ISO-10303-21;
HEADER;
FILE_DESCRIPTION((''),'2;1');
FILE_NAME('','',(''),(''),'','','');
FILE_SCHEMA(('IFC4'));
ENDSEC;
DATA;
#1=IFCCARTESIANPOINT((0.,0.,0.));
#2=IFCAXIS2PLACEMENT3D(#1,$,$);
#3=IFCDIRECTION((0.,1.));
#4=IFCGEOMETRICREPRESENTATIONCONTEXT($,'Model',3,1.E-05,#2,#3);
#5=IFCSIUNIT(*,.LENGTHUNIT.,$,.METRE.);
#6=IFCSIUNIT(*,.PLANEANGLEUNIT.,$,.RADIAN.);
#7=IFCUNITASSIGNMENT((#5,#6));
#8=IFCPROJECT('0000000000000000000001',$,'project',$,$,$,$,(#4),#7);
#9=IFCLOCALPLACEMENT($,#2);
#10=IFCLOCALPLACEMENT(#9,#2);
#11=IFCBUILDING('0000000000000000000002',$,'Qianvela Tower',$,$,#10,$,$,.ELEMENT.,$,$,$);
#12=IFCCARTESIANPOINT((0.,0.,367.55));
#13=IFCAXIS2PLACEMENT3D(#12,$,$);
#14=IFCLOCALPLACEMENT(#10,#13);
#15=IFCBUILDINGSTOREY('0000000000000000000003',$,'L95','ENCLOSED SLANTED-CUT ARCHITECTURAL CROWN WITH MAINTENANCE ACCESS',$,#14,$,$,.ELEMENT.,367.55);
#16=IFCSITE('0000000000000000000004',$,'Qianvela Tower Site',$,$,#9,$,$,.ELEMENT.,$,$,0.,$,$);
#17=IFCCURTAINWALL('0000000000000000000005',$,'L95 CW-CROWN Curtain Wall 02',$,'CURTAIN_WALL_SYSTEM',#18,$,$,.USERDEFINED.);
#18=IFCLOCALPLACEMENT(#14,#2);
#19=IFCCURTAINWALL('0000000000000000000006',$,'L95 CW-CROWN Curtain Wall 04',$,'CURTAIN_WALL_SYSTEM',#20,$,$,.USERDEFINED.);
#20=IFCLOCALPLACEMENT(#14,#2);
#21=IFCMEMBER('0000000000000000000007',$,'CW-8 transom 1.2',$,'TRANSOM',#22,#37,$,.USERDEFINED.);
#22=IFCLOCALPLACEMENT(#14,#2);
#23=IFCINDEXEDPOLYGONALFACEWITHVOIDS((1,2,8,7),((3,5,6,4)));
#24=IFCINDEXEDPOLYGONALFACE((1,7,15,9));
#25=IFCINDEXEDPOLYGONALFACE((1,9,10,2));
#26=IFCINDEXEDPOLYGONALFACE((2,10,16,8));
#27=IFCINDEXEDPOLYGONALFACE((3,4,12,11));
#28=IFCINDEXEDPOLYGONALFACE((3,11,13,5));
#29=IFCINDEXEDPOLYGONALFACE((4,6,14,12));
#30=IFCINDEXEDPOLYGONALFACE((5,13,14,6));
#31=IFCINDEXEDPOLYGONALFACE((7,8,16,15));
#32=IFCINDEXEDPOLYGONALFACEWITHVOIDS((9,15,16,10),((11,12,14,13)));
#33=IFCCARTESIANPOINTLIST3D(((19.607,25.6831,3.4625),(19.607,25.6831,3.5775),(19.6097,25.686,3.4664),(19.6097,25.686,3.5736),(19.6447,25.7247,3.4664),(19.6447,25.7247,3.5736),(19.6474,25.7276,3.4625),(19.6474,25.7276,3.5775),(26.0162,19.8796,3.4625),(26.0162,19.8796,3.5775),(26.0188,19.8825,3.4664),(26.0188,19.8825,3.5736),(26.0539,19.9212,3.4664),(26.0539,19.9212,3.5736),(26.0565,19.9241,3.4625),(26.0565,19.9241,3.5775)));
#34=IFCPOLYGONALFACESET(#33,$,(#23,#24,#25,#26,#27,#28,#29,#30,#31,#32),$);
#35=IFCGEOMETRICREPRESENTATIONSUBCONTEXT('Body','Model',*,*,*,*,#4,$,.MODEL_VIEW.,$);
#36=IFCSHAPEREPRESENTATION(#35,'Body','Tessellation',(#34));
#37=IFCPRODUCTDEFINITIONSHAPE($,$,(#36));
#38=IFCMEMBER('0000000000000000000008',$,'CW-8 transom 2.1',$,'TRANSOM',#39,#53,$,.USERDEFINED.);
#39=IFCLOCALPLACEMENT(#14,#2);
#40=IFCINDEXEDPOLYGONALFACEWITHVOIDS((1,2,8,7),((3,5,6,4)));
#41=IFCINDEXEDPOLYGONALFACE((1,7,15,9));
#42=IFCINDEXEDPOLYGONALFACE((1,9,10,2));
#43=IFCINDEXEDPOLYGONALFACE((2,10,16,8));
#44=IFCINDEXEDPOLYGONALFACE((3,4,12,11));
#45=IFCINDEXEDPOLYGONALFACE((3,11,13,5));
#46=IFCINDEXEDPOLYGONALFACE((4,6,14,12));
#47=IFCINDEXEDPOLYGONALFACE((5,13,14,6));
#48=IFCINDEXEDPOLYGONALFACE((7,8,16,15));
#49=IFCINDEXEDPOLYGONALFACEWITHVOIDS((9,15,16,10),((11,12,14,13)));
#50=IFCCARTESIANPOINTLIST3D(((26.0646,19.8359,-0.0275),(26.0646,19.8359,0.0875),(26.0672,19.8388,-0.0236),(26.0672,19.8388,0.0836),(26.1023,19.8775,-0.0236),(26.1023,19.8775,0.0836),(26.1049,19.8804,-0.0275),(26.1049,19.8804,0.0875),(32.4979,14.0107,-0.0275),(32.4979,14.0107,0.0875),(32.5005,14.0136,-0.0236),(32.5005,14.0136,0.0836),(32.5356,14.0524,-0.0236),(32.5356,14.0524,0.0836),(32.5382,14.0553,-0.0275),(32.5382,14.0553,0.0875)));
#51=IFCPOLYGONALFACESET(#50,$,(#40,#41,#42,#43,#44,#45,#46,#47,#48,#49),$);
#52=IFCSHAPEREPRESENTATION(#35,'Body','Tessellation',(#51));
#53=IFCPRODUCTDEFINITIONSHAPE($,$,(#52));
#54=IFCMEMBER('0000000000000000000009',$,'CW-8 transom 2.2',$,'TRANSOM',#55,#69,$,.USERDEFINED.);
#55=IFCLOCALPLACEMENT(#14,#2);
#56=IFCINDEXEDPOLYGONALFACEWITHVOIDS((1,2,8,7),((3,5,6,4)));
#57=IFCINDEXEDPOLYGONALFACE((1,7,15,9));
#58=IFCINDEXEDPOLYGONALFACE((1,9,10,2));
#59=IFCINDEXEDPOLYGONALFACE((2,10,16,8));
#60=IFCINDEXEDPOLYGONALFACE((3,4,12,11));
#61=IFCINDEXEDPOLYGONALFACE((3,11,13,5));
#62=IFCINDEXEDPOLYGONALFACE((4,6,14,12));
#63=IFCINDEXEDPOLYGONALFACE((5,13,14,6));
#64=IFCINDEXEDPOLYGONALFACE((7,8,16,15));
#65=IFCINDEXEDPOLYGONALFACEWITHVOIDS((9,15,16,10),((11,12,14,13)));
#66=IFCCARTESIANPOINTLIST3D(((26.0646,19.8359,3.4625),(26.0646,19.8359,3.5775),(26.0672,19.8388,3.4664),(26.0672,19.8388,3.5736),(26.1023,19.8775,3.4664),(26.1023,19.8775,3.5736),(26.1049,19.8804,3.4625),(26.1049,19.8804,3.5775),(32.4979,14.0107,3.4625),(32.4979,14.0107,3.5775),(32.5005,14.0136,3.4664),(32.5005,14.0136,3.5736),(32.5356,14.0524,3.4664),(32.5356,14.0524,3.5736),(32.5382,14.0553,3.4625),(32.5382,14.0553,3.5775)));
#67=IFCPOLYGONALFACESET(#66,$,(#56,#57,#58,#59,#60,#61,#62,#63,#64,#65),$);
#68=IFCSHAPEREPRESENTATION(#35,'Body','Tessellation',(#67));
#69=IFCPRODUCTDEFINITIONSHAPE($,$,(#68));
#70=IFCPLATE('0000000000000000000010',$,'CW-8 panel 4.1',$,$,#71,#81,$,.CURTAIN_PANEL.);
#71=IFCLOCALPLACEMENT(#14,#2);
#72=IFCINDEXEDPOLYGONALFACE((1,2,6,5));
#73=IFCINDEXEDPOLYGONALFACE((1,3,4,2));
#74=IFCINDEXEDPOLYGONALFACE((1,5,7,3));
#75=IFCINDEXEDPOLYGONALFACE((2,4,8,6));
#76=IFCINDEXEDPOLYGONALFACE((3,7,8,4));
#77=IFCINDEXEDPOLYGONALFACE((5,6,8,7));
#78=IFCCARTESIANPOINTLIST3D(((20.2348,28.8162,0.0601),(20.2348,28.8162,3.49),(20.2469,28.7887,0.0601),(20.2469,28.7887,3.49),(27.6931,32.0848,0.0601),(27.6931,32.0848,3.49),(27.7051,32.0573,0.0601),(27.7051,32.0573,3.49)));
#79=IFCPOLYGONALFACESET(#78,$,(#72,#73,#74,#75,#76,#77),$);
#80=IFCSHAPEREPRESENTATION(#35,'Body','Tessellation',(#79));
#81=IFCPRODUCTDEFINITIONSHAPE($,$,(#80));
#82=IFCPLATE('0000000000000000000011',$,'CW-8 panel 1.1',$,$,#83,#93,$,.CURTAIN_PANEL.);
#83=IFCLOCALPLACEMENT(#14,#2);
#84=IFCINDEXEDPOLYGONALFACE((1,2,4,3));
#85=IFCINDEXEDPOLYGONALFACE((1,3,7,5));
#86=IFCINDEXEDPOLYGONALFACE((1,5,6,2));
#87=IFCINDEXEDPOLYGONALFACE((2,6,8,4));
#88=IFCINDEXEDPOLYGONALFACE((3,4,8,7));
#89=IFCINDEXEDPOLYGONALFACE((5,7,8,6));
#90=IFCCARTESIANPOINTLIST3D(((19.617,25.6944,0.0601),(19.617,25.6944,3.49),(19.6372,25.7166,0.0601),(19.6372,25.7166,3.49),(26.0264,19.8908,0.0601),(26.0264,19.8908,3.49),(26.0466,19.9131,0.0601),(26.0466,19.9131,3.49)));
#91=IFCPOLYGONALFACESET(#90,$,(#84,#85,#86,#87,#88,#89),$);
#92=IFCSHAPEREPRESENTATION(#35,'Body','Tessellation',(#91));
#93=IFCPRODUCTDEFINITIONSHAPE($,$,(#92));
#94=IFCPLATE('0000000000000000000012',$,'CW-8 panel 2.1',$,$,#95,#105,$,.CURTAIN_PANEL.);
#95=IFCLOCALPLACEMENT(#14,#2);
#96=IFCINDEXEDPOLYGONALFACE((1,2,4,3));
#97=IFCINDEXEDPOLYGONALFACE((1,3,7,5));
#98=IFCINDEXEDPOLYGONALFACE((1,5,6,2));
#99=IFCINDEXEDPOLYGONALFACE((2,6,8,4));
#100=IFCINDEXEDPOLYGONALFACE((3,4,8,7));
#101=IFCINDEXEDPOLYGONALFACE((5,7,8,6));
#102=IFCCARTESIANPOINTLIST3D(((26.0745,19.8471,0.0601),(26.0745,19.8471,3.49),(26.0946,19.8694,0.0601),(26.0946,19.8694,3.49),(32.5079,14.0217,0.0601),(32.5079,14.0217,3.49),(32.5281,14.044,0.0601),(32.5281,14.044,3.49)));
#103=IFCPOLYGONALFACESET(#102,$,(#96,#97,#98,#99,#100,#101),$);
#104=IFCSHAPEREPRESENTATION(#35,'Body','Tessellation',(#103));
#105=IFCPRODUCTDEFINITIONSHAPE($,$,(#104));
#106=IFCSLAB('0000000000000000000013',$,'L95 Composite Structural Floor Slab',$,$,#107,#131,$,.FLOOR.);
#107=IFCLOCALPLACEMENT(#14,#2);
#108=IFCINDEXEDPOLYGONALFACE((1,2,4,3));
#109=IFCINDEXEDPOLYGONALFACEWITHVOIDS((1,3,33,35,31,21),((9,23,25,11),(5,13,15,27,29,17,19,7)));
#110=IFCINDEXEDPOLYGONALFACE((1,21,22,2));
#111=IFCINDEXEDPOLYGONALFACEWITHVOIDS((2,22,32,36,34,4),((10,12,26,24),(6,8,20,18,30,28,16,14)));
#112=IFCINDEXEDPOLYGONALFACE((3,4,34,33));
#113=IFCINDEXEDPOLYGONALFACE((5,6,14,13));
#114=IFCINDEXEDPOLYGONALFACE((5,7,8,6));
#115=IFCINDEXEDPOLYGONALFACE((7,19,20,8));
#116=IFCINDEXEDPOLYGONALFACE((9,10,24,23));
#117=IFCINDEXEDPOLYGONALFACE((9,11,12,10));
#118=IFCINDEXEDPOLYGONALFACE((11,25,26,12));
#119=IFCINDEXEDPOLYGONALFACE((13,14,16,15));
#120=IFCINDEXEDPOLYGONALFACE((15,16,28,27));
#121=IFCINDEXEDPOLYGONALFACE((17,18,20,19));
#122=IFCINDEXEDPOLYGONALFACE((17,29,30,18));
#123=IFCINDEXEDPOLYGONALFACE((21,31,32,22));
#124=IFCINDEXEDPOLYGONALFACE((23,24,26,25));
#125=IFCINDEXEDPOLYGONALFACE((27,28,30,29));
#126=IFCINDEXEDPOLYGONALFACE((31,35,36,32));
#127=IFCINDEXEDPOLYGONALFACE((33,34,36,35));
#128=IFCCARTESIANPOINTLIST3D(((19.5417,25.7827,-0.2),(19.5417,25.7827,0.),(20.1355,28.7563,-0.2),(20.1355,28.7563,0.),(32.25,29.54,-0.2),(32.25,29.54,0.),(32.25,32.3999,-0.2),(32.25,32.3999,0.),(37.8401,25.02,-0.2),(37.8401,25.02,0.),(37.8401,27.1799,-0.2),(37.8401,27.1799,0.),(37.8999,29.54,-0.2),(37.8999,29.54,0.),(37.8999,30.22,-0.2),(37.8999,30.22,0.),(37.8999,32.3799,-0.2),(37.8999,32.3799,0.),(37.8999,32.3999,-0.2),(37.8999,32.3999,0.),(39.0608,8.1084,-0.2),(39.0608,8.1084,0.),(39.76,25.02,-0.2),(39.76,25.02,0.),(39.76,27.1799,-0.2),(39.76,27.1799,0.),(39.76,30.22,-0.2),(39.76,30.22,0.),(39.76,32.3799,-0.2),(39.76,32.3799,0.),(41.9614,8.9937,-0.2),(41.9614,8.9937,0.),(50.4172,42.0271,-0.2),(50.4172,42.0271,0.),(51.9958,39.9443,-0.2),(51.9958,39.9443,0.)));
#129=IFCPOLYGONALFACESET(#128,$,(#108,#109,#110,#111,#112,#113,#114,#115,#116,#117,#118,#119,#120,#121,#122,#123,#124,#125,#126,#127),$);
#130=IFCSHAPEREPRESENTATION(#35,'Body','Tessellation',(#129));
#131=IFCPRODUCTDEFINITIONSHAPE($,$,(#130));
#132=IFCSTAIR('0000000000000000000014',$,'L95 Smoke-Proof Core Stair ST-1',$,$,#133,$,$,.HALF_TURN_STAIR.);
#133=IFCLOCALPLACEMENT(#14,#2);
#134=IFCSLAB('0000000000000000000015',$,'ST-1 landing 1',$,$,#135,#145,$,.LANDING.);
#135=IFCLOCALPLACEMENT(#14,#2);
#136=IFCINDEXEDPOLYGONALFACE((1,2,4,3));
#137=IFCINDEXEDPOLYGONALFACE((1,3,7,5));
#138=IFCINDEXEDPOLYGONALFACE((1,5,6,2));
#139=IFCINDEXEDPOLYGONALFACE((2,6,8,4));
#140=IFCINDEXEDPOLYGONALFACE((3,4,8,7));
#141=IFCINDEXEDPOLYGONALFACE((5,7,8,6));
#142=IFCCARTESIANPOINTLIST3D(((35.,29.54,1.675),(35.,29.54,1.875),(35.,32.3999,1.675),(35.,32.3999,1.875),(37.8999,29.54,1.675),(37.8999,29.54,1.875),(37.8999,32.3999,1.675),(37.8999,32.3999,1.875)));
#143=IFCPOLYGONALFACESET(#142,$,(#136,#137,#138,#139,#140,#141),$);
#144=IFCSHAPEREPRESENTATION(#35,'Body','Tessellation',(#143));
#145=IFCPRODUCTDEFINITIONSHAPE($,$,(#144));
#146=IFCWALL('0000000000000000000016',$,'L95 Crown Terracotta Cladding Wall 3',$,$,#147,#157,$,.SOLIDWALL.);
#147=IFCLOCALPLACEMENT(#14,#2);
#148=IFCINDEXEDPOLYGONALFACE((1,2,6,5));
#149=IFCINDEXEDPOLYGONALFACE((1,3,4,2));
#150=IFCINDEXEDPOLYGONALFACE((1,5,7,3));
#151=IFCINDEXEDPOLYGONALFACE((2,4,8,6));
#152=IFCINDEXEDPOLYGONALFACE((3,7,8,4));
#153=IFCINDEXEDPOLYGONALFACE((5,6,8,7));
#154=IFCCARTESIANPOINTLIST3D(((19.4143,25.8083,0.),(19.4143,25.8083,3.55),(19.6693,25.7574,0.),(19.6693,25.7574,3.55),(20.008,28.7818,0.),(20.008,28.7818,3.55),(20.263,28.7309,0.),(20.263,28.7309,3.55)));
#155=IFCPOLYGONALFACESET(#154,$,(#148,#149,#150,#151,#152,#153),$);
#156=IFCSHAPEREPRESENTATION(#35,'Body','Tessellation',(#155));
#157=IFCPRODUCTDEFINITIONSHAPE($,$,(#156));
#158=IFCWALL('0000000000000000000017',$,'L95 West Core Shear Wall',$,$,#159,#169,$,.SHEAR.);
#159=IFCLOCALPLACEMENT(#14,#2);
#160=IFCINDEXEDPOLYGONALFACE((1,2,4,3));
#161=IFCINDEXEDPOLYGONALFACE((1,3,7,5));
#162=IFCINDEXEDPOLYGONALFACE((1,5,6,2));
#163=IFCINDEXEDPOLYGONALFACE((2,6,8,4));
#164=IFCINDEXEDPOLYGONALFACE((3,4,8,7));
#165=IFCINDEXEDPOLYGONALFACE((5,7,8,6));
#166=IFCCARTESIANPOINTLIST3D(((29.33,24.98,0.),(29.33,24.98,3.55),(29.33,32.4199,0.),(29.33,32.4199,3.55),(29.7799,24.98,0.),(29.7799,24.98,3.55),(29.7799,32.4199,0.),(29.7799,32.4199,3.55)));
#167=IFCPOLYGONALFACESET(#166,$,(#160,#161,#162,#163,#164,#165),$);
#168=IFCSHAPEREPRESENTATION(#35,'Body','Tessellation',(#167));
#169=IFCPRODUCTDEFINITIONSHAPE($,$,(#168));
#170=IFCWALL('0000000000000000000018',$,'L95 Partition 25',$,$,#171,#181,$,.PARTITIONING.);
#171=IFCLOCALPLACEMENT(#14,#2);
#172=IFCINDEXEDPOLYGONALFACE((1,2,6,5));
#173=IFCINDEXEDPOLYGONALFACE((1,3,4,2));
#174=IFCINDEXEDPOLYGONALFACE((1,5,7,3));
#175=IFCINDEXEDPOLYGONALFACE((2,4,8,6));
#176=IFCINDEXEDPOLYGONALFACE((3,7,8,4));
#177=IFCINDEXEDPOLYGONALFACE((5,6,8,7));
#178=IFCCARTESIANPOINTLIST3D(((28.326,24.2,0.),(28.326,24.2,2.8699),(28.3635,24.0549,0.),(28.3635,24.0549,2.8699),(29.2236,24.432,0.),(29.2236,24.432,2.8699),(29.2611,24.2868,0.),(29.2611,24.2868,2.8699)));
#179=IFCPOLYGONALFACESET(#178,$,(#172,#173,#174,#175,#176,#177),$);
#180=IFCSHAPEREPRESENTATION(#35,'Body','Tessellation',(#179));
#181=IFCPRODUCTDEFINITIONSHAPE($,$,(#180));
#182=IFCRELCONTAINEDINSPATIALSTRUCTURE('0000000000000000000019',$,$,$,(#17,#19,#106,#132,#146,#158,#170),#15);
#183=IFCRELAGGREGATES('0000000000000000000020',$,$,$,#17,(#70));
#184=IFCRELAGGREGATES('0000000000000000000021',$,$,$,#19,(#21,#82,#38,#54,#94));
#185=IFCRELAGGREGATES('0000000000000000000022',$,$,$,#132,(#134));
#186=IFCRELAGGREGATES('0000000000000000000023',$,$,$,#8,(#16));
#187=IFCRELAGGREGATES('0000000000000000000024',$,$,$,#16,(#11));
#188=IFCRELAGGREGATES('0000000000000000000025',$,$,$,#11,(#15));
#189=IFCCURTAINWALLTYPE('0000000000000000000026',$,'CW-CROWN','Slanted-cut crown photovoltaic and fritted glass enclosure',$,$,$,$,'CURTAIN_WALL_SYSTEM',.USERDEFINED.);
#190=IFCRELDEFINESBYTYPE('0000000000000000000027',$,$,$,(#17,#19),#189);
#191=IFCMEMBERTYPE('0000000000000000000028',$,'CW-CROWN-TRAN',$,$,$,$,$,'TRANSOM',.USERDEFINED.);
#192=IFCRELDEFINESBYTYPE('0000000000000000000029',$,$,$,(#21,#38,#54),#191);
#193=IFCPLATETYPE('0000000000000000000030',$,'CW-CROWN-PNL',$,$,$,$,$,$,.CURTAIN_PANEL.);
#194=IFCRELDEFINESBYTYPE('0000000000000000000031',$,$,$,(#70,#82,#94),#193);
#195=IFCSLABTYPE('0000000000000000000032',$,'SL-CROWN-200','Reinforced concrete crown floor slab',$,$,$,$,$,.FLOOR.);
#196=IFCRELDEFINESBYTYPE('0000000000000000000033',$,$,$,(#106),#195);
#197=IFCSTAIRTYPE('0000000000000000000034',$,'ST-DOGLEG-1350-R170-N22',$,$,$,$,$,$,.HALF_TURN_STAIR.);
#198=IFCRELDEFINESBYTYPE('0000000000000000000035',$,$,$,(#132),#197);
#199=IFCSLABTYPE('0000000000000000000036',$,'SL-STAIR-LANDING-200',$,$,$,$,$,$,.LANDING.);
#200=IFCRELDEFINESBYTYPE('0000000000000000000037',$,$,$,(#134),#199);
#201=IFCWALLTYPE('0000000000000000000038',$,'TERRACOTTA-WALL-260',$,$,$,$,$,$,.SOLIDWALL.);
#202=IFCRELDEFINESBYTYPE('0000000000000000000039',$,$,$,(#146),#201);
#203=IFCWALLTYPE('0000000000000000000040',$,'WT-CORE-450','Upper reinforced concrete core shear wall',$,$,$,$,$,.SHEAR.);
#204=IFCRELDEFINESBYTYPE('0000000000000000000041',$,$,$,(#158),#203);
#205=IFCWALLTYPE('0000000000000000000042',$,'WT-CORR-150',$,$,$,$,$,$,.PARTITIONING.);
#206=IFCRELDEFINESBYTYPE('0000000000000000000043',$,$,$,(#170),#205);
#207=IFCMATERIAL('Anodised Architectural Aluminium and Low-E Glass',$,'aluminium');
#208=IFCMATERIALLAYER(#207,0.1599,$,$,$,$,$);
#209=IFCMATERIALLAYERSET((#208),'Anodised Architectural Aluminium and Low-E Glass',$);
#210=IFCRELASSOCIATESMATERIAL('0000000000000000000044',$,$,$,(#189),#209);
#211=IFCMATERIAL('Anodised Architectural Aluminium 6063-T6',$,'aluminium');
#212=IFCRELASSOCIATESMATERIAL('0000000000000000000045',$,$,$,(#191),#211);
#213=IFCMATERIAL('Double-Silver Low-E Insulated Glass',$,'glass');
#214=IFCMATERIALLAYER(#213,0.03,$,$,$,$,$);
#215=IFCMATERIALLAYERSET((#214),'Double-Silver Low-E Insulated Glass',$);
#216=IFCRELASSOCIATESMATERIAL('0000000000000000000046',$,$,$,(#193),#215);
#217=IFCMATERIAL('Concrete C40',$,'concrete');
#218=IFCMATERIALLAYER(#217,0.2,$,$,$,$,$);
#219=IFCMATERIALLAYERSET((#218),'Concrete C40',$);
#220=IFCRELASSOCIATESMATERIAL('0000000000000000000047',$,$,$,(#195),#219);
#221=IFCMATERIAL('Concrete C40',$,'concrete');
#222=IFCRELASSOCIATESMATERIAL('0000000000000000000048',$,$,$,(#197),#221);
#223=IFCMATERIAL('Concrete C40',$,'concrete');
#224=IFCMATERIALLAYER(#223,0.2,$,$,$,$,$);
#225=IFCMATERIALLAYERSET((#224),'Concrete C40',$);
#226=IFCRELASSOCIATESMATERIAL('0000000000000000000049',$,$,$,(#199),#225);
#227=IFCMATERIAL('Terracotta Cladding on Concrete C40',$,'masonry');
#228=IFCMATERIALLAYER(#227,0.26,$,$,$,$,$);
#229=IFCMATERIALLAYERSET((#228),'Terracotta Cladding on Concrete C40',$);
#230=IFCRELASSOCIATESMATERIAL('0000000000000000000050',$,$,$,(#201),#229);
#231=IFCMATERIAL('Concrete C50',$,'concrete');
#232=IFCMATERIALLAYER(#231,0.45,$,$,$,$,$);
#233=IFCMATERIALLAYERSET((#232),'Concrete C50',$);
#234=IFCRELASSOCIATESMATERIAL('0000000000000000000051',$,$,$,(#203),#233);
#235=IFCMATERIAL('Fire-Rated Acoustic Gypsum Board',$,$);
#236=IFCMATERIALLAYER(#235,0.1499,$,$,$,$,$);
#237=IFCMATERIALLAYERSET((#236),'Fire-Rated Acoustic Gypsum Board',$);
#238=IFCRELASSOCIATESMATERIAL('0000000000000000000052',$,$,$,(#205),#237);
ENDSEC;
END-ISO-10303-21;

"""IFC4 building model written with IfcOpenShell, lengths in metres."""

from ifc_helpers import new_model, si_unit, direction, frame, frame_2d, origin, origin_2d, place, context, subcontext, project, spatial, polyline, rectangle, hollow_rectangle, outline, extrude, material, layer, layer_set, material_profile, profile_set, type_object, element, aggregate, save


model = new_model("IFC4")

# Units and contexts
model_context = context("Model", 3, precision=1e-05, world=origin(), true_north=direction((0.0, 1.0)))
body_context = subcontext(model_context, "Body", "Model", "MODEL_VIEW")
ifc_project = project(units=[si_unit("LENGTHUNIT", "METRE"), si_unit("PLANEANGLEUNIT", "RADIAN")], contexts=[model_context])

# Site, building, storey
site_placement = place(None, origin())
site = spatial("IfcSite", under=ifc_project, at=site_placement, Name="Qianvela Tower Site", CompositionType="ELEMENT", RefElevation=0.0)
building_placement = place(site_placement, origin())
building = spatial("IfcBuilding", under=site, at=building_placement, Name="Qianvela Tower", CompositionType="ELEMENT")
storey_placement = place(building_placement, frame((0.0, 0.0, 367.55)))
storey = spatial("IfcBuildingStorey", under=building, at=storey_placement, Name="L95", Description="ENCLOSED SLANTED-CUT ARCHITECTURAL CROWN WITH MAINTENANCE ACCESS", CompositionType="ELEMENT", Elevation=367.55)

# Curtain walls
ifc_material_1 = material(Name="Anodised Architectural Aluminium and Low-E Glass", Category="aluminium")
ifc_layer_1 = layer(ifc_material_1, 0.1599)
ifc_layer_set_1 = layer_set([ifc_layer_1], Name="Anodised Architectural Aluminium and Low-E Glass")
curtain_wall_type = type_object("IfcCurtainWallType", Name="CW-CROWN", Description="Slanted-cut crown photovoltaic and fritted glass enclosure", ElementType="CURTAIN_WALL_SYSTEM", PredefinedType="USERDEFINED", material=ifc_layer_set_1)
curtain_wall_1_placement = place(storey_placement, origin())
curtain_wall_1 = element("IfcCurtainWall", 1, at=curtain_wall_1_placement, inside=storey, type_object=curtain_wall_type, Name="L95 CW-CROWN Curtain Wall 02", ObjectType="CURTAIN_WALL_SYSTEM", PredefinedType="USERDEFINED")
curtain_wall_2_placement = place(storey_placement, origin())
curtain_wall_2 = element("IfcCurtainWall", 2, at=curtain_wall_2_placement, inside=storey, type_object=curtain_wall_type, Name="L95 CW-CROWN Curtain Wall 04", ObjectType="CURTAIN_WALL_SYSTEM", PredefinedType="USERDEFINED")

# Members
ifc_material_2 = material(Name="Anodised Architectural Aluminium 6063-T6", Category="aluminium")
ifc_material_profile_1 = material_profile(ifc_material_2, hollow_rectangle(XDim=0.0601, YDim=0.115, WallThickness=0.0039, at=origin_2d()), Name="ALU-TRAN-60x115")
ifc_profile_set_1 = profile_set([ifc_material_profile_1], Name="Anodised Architectural Aluminium 6063-T6")
member_type_1 = type_object("IfcMemberType", Name="CW-CROWN-TRAN", ElementType="TRANSOM", PredefinedType="USERDEFINED", material=ifc_profile_set_1)
member_1_placement = place(storey_placement, frame((19.6272, 25.7053, 3.52), z_axis=(0.741266, -0.671211, 0.0), x_axis=(0.671211, 0.741266, 0.0)))
member_1 = element("IfcMember", 3, at=member_1_placement, type_object=member_type_1, Name="CW-8 transom 1.2", ObjectType="TRANSOM", PredefinedType="USERDEFINED", context=body_context, shape_type="SweptSolid", body=[
    extrude(hollow_rectangle(XDim=0.0601, YDim=0.115, WallThickness=0.0039, at=origin_2d()), origin(), (0.0, 0.0, 1.0), 8.6462),
])
member_2_placement = place(storey_placement, frame((26.0847, 19.8582, 0.03), z_axis=(0.741275, -0.671201, 0.0), x_axis=(0.671201, 0.741275, 0.0)))
member_2 = element("IfcMember", 4, at=member_2_placement, type_object=member_type_1, Name="CW-8 transom 2.1", ObjectType="TRANSOM", PredefinedType="USERDEFINED", context=body_context, shape_type="SweptSolid", body=[
    extrude(hollow_rectangle(XDim=0.0601, YDim=0.115, WallThickness=0.0039, at=origin_2d()), origin(), (0.0, 0.0, 1.0), 8.6787),
])
member_3_placement = place(storey_placement, frame((26.0847, 19.8582, 3.52), z_axis=(0.741275, -0.671201, 0.0), x_axis=(0.671201, 0.741275, 0.0)))
member_3 = element("IfcMember", 5, at=member_3_placement, type_object=member_type_1, Name="CW-8 transom 2.2", ObjectType="TRANSOM", PredefinedType="USERDEFINED", context=body_context, shape_type="SweptSolid", body=[
    extrude(hollow_rectangle(XDim=0.0601, YDim=0.115, WallThickness=0.0039, at=origin_2d()), origin(), (0.0, 0.0, 1.0), 8.6787),
])

# Plates
ifc_material_3 = material(Name="Double-Silver Low-E Insulated Glass", Category="glass")
ifc_layer_2 = layer(ifc_material_3, 0.03)
ifc_layer_set_2 = layer_set([ifc_layer_2], Name="Double-Silver Low-E Insulated Glass")
plate_type = type_object("IfcPlateType", Name="CW-CROWN-PNL", PredefinedType="CURTAIN_PANEL", material=ifc_layer_set_2)
plate_1_placement = place(storey_placement, frame((23.97, 30.4368, 0.0601), z_axis=(0.0, 0.0, 1.0), x_axis=(-0.915907, -0.40139, 0.0)))
plate_1 = element("IfcPlate", 6, at=plate_1_placement, type_object=plate_type, Name="CW-8 panel 4.1", PredefinedType="CURTAIN_PANEL", context=body_context, shape_type="SweptSolid", body=[
    extrude(rectangle(XDim=8.1431, YDim=0.03, at=origin_2d()), origin(), (0.0, 0.0, 1.0), 3.4299),
])
aggregate(curtain_wall_1, [plate_1])
plate_2_placement = place(storey_placement, frame((22.8318, 22.8037, 0.0601), z_axis=(0.0, 0.0, 1.0), x_axis=(0.741272, -0.671205, 0.0)))
plate_2 = element("IfcPlate", 7, at=plate_2_placement, type_object=plate_type, Name="CW-8 panel 1.1", PredefinedType="CURTAIN_PANEL", context=body_context, shape_type="SweptSolid", body=[
    extrude(rectangle(XDim=8.6465, YDim=0.03, at=origin_2d()), origin(), (0.0, 0.0, 1.0), 3.4299),
])
plate_3_placement = place(storey_placement, frame((29.3013, 16.9456, 0.0601), z_axis=(0.0, 0.0, 1.0), x_axis=(0.741272, -0.671205, 0.0)))
plate_3 = element("IfcPlate", 8, at=plate_3_placement, type_object=plate_type, Name="CW-8 panel 2.1", PredefinedType="CURTAIN_PANEL", context=body_context, shape_type="SweptSolid", body=[
    extrude(rectangle(XDim=8.679, YDim=0.03, at=origin_2d()), origin(), (0.0, 0.0, 1.0), 3.4299),
])
aggregate(curtain_wall_2, [member_1, plate_2, member_2, member_3, plate_3])

# Slab
ifc_material_4 = material(Name="Concrete C40", Category="concrete")
ifc_layer_3 = layer(ifc_material_4, 0.2)
ifc_layer_set_3 = layer_set([ifc_layer_3], Name="Concrete C40")
slab_type_1 = type_object("IfcSlabType", Name="SL-CROWN-200", Description="Reinforced concrete crown floor slab", PredefinedType="FLOOR", material=ifc_layer_set_3)
slab_1_placement = place(storey_placement, frame((0.0, 0.0, -0.2)))
element("IfcSlab", 9, at=slab_1_placement, inside=storey, type_object=slab_type_1, Name="L95 Composite Structural Floor Slab", PredefinedType="FLOOR", context=body_context, shape_type="SweptSolid", body=[
    extrude(outline(polyline([(51.9958, 39.9443), (50.4172, 42.0271), (20.1355, 28.7563), (19.5417, 25.7827), (39.0608, 8.1084), (41.9614, 8.9937), (51.9958, 39.9443)]), holes=[polyline([(37.8401, 25.02), (39.76, 25.02), (39.76, 27.1799), (37.8401, 27.1799), (37.8401, 25.02)]), polyline([(37.8999, 29.54), (37.8999, 30.22), (39.76, 30.22), (39.76, 32.3799), (37.8999, 32.3799), (37.8999, 32.3999), (32.25, 32.3999), (32.25, 29.54), (37.8999, 29.54)])]), origin(), (0.0, 0.0, 1.0), 0.2),
])

# Stair, slab
ifc_material_5 = material(Name="Concrete C40", Category="concrete")
stair_type = type_object("IfcStairType", Name="ST-DOGLEG-1350-R170-N22", PredefinedType="HALF_TURN_STAIR", material=ifc_material_5)
stair_placement = place(storey_placement, origin())
stair = element("IfcStair", 10, at=stair_placement, inside=storey, type_object=stair_type, Name="L95 Smoke-Proof Core Stair ST-1", PredefinedType="HALF_TURN_STAIR")
ifc_material_6 = material(Name="Concrete C40", Category="concrete")
ifc_layer_4 = layer(ifc_material_6, 0.2)
ifc_layer_set_4 = layer_set([ifc_layer_4], Name="Concrete C40")
slab_type_2 = type_object("IfcSlabType", Name="SL-STAIR-LANDING-200", PredefinedType="LANDING", material=ifc_layer_set_4)
slab_2_placement = place(storey_placement, frame((0.0, 0.0, 1.675)))
slab_2 = element("IfcSlab", 11, at=slab_2_placement, type_object=slab_type_2, Name="ST-1 landing 1", PredefinedType="LANDING", context=body_context, shape_type="SweptSolid", body=[
    extrude(outline(polyline([(35.0, 29.54), (37.8999, 29.54), (37.8999, 32.3999), (35.0, 32.3999), (35.0, 29.54)])), origin(), (0.0, 0.0, 1.0), 0.2),
])
aggregate(stair, [slab_2])

# Walls
ifc_material_7 = material(Name="Terracotta Cladding on Concrete C40", Category="masonry")
ifc_layer_5 = layer(ifc_material_7, 0.26)
ifc_layer_set_5 = layer_set([ifc_layer_5], Name="Terracotta Cladding on Concrete C40")
wall_type_1 = type_object("IfcWallType", Name="TERRACOTTA-WALL-260", PredefinedType="SOLIDWALL", material=ifc_layer_set_5)
wall_1_placement = place(storey_placement, frame((20.1355, 28.7563, 0.0), z_axis=(0.0, 0.0, 1.0), x_axis=(-0.195806, -0.980643, 0.0)))
element("IfcWall", 12, at=wall_1_placement, inside=storey, type_object=wall_type_1, Name="L95 Crown Terracotta Cladding Wall 3", PredefinedType="SOLIDWALL", context=body_context, shape_type="SweptSolid", body=[
    extrude(rectangle(XDim=3.0322, YDim=0.26, at=frame_2d((1.5161, 0.0))), origin(), (0.0, 0.0, 1.0), 3.55),
])
ifc_material_8 = material(Name="Concrete C50", Category="concrete")
ifc_layer_6 = layer(ifc_material_8, 0.45)
ifc_layer_set_6 = layer_set([ifc_layer_6], Name="Concrete C50")
wall_type_2 = type_object("IfcWallType", Name="WT-CORE-450", Description="Upper reinforced concrete core shear wall", PredefinedType="SHEAR", material=ifc_layer_set_6)
wall_2_placement = place(storey_placement, frame((29.5549, 24.98, 0.0), z_axis=(0.0, 0.0, 1.0), x_axis=(0.0, 1.0, 0.0)))
element("IfcWall", 13, at=wall_2_placement, inside=storey, type_object=wall_type_2, Name="L95 West Core Shear Wall", PredefinedType="SHEAR", context=body_context, shape_type="SweptSolid", body=[
    extrude(rectangle(XDim=7.4399, YDim=0.45, at=frame_2d((3.72, 0.0))), origin(), (0.0, 0.0, 1.0), 3.55),
])
ifc_material_9 = material(Name="Fire-Rated Acoustic Gypsum Board")
ifc_layer_7 = layer(ifc_material_9, 0.1499)
ifc_layer_set_7 = layer_set([ifc_layer_7], Name="Fire-Rated Acoustic Gypsum Board")
wall_type_3 = type_object("IfcWallType", Name="WT-CORR-150", PredefinedType="PARTITIONING", material=ifc_layer_set_7)
wall_3_placement = place(storey_placement, frame((29.2422, 24.3594, 0.0), z_axis=(0.0, 0.0, 1.0), x_axis=(-0.968191, -0.250213, 0.0)))
element("IfcWall", 14, at=wall_3_placement, inside=storey, type_object=wall_type_3, Name="L95 Partition 25", PredefinedType="PARTITIONING", context=body_context, shape_type="SweptSolid", body=[
    extrude(rectangle(XDim=0.927, YDim=0.1499, at=frame_2d((0.4634, 0.0))), origin(), (0.0, 0.0, 1.0), 2.8699),
])

save(model, "model.ifc")
